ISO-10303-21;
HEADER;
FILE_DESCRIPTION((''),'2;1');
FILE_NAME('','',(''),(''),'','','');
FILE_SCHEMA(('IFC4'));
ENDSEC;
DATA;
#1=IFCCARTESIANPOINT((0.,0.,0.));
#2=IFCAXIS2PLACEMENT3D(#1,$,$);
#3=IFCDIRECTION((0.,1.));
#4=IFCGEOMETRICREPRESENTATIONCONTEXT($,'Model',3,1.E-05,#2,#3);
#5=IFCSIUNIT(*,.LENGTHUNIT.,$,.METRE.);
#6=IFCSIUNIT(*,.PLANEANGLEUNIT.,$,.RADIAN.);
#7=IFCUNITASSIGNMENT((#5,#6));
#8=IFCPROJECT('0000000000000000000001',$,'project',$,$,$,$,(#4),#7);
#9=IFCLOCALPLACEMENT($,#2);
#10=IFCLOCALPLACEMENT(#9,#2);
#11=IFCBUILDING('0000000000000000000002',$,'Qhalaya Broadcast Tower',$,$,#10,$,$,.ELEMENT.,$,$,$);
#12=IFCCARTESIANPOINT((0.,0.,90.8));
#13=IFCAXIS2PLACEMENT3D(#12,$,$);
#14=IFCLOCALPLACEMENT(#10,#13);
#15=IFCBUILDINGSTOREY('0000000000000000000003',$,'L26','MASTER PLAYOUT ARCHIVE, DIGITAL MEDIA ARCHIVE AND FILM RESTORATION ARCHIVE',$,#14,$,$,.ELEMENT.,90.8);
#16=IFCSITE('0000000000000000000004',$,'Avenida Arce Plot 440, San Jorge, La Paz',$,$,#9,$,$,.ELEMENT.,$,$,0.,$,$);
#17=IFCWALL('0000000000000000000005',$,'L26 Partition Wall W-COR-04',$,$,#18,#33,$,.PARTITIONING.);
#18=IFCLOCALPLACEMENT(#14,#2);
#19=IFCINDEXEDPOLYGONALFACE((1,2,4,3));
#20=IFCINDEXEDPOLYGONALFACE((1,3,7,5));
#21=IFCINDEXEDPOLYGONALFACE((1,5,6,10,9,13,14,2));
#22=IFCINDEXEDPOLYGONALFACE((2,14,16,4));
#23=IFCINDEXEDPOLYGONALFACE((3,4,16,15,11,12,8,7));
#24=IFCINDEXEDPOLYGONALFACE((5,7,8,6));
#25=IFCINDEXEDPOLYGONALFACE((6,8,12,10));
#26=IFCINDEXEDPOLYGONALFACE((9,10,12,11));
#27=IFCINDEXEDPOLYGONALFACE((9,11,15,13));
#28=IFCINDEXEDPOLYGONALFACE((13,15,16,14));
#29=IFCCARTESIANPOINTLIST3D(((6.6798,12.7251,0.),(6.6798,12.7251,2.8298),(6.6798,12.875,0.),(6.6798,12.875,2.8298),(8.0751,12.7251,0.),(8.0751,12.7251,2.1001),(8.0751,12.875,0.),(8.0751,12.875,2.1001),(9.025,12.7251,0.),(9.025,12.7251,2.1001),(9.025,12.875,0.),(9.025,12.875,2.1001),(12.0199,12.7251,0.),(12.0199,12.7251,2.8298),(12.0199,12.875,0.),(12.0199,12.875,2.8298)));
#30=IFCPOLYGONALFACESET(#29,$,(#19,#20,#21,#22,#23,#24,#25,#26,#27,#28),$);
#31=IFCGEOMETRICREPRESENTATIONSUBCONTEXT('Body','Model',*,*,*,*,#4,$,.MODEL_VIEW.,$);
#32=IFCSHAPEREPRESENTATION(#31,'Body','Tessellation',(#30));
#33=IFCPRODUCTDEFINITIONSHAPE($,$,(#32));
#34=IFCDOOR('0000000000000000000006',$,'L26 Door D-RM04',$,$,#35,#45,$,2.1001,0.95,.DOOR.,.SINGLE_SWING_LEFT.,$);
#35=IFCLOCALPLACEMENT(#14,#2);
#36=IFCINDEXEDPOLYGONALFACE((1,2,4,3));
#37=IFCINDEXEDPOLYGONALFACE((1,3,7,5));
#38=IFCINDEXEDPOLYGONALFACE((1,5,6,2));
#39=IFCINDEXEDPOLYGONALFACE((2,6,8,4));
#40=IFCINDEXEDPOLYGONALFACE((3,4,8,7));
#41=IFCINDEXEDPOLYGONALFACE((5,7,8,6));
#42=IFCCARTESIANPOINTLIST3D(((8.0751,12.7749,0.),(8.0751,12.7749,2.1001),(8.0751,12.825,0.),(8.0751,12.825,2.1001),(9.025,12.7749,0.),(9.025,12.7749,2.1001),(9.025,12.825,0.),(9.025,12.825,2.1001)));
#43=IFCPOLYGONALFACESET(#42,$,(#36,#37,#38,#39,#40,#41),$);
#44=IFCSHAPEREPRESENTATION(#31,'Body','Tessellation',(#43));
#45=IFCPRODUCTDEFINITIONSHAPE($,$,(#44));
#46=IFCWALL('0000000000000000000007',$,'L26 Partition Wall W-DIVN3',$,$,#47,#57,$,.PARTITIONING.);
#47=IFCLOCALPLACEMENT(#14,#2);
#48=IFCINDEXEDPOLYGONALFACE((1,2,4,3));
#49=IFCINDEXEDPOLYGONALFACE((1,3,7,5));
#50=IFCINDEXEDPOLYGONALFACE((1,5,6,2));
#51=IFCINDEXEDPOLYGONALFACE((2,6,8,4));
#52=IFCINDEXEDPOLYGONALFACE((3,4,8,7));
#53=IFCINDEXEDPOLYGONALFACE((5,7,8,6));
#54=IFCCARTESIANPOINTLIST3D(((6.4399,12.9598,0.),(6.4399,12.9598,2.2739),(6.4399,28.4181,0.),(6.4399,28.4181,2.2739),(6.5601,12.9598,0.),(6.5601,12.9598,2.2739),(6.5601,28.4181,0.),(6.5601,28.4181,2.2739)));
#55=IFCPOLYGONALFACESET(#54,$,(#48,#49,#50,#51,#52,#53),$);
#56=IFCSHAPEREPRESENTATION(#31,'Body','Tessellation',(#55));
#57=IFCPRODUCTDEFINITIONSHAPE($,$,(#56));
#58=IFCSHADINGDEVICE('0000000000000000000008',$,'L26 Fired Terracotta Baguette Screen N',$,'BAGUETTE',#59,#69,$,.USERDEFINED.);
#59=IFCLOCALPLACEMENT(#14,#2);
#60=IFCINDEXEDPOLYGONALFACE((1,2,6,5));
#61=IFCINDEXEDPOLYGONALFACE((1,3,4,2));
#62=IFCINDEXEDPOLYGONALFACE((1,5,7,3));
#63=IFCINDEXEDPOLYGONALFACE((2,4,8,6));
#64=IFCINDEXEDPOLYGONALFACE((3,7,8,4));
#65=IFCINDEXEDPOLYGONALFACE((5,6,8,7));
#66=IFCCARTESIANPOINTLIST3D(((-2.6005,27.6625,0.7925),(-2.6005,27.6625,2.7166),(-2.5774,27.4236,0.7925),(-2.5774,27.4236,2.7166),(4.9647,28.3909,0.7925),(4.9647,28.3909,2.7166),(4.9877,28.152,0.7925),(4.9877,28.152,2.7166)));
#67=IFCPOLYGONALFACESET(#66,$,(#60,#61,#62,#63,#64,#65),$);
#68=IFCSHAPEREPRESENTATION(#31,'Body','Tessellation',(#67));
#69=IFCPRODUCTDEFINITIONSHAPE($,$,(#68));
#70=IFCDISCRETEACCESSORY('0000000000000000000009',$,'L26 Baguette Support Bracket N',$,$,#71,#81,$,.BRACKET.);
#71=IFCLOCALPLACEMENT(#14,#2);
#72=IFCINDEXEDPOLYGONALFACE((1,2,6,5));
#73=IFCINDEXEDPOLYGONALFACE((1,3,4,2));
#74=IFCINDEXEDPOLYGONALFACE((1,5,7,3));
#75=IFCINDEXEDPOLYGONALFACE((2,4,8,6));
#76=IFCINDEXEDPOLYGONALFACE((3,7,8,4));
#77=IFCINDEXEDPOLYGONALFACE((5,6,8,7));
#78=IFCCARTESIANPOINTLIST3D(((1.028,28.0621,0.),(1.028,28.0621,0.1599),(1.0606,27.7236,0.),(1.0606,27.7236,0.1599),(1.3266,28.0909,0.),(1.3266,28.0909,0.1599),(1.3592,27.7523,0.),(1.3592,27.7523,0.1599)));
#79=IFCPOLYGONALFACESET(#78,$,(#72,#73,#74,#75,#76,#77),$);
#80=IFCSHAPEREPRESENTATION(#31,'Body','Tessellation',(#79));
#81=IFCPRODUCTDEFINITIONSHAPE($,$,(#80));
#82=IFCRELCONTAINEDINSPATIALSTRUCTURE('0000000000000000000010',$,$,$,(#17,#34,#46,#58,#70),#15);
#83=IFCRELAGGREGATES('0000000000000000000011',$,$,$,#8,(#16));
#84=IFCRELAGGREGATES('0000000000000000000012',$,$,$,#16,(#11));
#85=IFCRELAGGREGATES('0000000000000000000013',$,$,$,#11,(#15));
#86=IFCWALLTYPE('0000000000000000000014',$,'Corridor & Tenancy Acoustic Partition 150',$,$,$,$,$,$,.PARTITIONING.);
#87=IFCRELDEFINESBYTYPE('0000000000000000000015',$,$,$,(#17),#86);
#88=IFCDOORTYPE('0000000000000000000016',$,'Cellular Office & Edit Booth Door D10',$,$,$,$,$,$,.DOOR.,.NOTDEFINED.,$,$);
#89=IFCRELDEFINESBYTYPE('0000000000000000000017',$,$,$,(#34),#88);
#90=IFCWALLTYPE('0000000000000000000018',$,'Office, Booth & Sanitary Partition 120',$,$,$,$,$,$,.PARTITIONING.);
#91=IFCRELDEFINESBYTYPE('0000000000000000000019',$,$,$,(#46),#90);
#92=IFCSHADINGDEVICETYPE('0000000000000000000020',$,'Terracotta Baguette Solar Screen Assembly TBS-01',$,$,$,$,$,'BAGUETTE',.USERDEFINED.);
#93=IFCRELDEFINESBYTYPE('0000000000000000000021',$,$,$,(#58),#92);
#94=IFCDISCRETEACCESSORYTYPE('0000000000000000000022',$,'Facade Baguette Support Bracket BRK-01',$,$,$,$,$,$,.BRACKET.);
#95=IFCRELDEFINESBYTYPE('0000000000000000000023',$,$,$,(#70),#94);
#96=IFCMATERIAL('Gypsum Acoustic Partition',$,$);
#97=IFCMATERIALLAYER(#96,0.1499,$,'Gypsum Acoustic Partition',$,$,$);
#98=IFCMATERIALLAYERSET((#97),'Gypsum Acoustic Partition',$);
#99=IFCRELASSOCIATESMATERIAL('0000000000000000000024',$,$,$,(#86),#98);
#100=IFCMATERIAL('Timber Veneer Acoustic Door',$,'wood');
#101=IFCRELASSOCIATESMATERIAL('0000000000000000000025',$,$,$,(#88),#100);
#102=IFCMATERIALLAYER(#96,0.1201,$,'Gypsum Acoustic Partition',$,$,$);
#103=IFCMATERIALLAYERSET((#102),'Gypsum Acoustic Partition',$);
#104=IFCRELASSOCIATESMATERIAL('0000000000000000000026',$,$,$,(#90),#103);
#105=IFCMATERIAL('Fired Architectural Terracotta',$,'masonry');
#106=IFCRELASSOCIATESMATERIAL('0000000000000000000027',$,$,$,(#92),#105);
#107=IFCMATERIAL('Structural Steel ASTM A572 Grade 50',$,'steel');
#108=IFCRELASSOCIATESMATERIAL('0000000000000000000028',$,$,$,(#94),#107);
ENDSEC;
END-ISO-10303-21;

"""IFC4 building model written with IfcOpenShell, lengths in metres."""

from ifc_helpers import new_model, si_unit, direction, frame, frame_2d, origin, origin_2d, place, context, subcontext, project, spatial, rectangle, extrude, material, layer, layer_set, type_object, element, fill, save


model = new_model("IFC4")

# Units and contexts
model_context = context("Model", 3, precision=1e-05, world=origin(), true_north=direction((0.0, 1.0)))
body_context = subcontext(model_context, "Body", "Model", "MODEL_VIEW")
ifc_project = project(units=[si_unit("LENGTHUNIT", "METRE"), si_unit("PLANEANGLEUNIT", "RADIAN")], contexts=[model_context])

# Site, building, storey
site_placement = place(None, origin())
site = spatial("IfcSite", under=ifc_project, at=site_placement, Name="Avenida Arce Plot 440, San Jorge, La Paz", CompositionType="ELEMENT", RefElevation=0.0)
building_placement = place(site_placement, origin())
building = spatial("IfcBuilding", under=site, at=building_placement, Name="Qhalaya Broadcast Tower", CompositionType="ELEMENT")
storey_placement = place(building_placement, frame((0.0, 0.0, 90.8)))
storey = spatial("IfcBuildingStorey", under=building, at=storey_placement, Name="L26", Description="MASTER PLAYOUT ARCHIVE, DIGITAL MEDIA ARCHIVE AND FILM RESTORATION ARCHIVE", CompositionType="ELEMENT", Elevation=90.8)

# Shared definitions
ifc_material_1 = material(Name="Structural Steel ASTM A572 Grade 50", Category="steel")

# Shared definitions
ifc_material_2 = material(Name="Fired Architectural Terracotta", Category="masonry")

# Wall, opening, door
ifc_material_3 = material(Name="Gypsum Acoustic Partition")
ifc_layer_1 = layer(ifc_material_3, 0.1499, Name="Gypsum Acoustic Partition")
ifc_layer_set_1 = layer_set([ifc_layer_1], Name="Gypsum Acoustic Partition")
wall_type_1 = type_object("IfcWallType", Name="Corridor & Tenancy Acoustic Partition 150", PredefinedType="PARTITIONING", material=ifc_layer_set_1)
ifc_material_4 = material(Name="Timber Veneer Acoustic Door", Category="wood")
door_type = type_object("IfcDoorType", Name="Cellular Office & Edit Booth Door D10", OperationType="NOTDEFINED", PredefinedType="DOOR", material=ifc_material_4)
wall_1_placement = place(storey_placement, frame((6.6799, 12.8, 0.0), z_axis=(0.0, 0.0, 1.0), x_axis=(1.0, 0.0, 0.0)))
wall_1 = element("IfcWall", 1, at=wall_1_placement, inside=storey, type_object=wall_type_1, Name="L26 Partition Wall W-COR-04", PredefinedType="PARTITIONING", context=body_context, shape_type="SweptSolid", body=[
    extrude(rectangle(XDim=5.3401, YDim=0.1499, at=frame_2d((2.6699, 0.0))), origin(), (0.0, 0.0, 1.0), 2.8298),
])
opening_1_placement = place(wall_1_placement, frame((1.395, 0.0, 0.0)))
opening_1 = element("IfcOpeningElement", 2, at=opening_1_placement, cuts=wall_1, PredefinedType="OPENING", context=body_context, shape_type="SweptSolid", body=[
    extrude(rectangle(XDim=0.95, YDim=2.1001, at=frame_2d((0.4751, 1.05))), frame((0.0, 0.0869, 0.0), z_axis=(0.0, -1.0, 0.0), x_axis=(1.0, 0.0, 0.0)), (0.0, 0.0, 1.0), 0.1738),
])
door_1_placement = place(opening_1_placement, origin())
door_1 = element("IfcDoor", 3, at=door_1_placement, inside=storey, type_object=door_type, Name="L26 Door D-RM04", OperationType="SINGLE_SWING_LEFT", OverallHeight=2.1001, OverallWidth=0.95, PredefinedType="DOOR", context=body_context, shape_type="SweptSolid", body=[
    extrude(rectangle(XDim=0.95, YDim=2.1001, at=frame_2d((0.4751, 1.05))), frame((0.0, 0.0249, 0.0), z_axis=(0.0, -1.0, 0.0), x_axis=(1.0, 0.0, 0.0)), (0.0, 0.0, 1.0), 0.05),
])
fill(opening_1, door_1)

# Wall
ifc_layer_2 = layer(ifc_material_3, 0.1201, Name="Gypsum Acoustic Partition")
ifc_layer_set_2 = layer_set([ifc_layer_2], Name="Gypsum Acoustic Partition")
wall_type_2 = type_object("IfcWallType", Name="Office, Booth & Sanitary Partition 120", PredefinedType="PARTITIONING", material=ifc_layer_set_2)
wall_2_placement = place(storey_placement, frame((6.5, 12.96, 0.0), z_axis=(0.0, 0.0, 1.0), x_axis=(0.0, 1.0, 0.0)))
element("IfcWall", 4, at=wall_2_placement, inside=storey, type_object=wall_type_2, Name="L26 Partition Wall W-DIVN3", PredefinedType="PARTITIONING", context=body_context, shape_type="SweptSolid", body=[
    extrude(rectangle(XDim=15.4583, YDim=0.1201, at=frame_2d((7.729, 0.0))), origin(), (0.0, 0.0, 1.0), 2.2739),
])

# Shading device
shading_device_type = type_object("IfcShadingDeviceType", Name="Terracotta Baguette Solar Screen Assembly TBS-01", ElementType="BAGUETTE", PredefinedType="USERDEFINED", material=ifc_material_2)
shading_device_placement = place(storey_placement, frame((1.1936, 27.9072, 0.7925), z_axis=(0.0, 0.0, 1.0), x_axis=(-0.995396, -0.095846, 0.0)))
element("IfcShadingDevice", 5, at=shading_device_placement, inside=storey, type_object=shading_device_type, Name="L26 Fired Terracotta Baguette Screen N", ObjectType="BAGUETTE", PredefinedType="USERDEFINED", context=body_context, shape_type="SweptSolid", body=[
    extrude(rectangle(XDim=7.6001, YDim=0.24, at=origin_2d()), origin(), (0.0, 0.0, 1.0), 1.9241),
])

# Discrete accessory
discrete_accessory_type = type_object("IfcDiscreteAccessoryType", Name="Facade Baguette Support Bracket BRK-01", PredefinedType="BRACKET", material=ifc_material_1)
discrete_accessory_placement = place(storey_placement, frame((1.1936, 27.9072, 0.0), z_axis=(0.0, 0.0, 1.0), x_axis=(-0.995396, -0.095846, 0.0)))
element("IfcDiscreteAccessory", 6, at=discrete_accessory_placement, inside=storey, type_object=discrete_accessory_type, Name="L26 Baguette Support Bracket N", PredefinedType="BRACKET", context=body_context, shape_type="SweptSolid", body=[
    extrude(rectangle(XDim=0.3, YDim=0.3401, at=origin_2d()), origin(), (0.0, 0.0, 1.0), 0.1599),
])

save(model, "model.ifc")
